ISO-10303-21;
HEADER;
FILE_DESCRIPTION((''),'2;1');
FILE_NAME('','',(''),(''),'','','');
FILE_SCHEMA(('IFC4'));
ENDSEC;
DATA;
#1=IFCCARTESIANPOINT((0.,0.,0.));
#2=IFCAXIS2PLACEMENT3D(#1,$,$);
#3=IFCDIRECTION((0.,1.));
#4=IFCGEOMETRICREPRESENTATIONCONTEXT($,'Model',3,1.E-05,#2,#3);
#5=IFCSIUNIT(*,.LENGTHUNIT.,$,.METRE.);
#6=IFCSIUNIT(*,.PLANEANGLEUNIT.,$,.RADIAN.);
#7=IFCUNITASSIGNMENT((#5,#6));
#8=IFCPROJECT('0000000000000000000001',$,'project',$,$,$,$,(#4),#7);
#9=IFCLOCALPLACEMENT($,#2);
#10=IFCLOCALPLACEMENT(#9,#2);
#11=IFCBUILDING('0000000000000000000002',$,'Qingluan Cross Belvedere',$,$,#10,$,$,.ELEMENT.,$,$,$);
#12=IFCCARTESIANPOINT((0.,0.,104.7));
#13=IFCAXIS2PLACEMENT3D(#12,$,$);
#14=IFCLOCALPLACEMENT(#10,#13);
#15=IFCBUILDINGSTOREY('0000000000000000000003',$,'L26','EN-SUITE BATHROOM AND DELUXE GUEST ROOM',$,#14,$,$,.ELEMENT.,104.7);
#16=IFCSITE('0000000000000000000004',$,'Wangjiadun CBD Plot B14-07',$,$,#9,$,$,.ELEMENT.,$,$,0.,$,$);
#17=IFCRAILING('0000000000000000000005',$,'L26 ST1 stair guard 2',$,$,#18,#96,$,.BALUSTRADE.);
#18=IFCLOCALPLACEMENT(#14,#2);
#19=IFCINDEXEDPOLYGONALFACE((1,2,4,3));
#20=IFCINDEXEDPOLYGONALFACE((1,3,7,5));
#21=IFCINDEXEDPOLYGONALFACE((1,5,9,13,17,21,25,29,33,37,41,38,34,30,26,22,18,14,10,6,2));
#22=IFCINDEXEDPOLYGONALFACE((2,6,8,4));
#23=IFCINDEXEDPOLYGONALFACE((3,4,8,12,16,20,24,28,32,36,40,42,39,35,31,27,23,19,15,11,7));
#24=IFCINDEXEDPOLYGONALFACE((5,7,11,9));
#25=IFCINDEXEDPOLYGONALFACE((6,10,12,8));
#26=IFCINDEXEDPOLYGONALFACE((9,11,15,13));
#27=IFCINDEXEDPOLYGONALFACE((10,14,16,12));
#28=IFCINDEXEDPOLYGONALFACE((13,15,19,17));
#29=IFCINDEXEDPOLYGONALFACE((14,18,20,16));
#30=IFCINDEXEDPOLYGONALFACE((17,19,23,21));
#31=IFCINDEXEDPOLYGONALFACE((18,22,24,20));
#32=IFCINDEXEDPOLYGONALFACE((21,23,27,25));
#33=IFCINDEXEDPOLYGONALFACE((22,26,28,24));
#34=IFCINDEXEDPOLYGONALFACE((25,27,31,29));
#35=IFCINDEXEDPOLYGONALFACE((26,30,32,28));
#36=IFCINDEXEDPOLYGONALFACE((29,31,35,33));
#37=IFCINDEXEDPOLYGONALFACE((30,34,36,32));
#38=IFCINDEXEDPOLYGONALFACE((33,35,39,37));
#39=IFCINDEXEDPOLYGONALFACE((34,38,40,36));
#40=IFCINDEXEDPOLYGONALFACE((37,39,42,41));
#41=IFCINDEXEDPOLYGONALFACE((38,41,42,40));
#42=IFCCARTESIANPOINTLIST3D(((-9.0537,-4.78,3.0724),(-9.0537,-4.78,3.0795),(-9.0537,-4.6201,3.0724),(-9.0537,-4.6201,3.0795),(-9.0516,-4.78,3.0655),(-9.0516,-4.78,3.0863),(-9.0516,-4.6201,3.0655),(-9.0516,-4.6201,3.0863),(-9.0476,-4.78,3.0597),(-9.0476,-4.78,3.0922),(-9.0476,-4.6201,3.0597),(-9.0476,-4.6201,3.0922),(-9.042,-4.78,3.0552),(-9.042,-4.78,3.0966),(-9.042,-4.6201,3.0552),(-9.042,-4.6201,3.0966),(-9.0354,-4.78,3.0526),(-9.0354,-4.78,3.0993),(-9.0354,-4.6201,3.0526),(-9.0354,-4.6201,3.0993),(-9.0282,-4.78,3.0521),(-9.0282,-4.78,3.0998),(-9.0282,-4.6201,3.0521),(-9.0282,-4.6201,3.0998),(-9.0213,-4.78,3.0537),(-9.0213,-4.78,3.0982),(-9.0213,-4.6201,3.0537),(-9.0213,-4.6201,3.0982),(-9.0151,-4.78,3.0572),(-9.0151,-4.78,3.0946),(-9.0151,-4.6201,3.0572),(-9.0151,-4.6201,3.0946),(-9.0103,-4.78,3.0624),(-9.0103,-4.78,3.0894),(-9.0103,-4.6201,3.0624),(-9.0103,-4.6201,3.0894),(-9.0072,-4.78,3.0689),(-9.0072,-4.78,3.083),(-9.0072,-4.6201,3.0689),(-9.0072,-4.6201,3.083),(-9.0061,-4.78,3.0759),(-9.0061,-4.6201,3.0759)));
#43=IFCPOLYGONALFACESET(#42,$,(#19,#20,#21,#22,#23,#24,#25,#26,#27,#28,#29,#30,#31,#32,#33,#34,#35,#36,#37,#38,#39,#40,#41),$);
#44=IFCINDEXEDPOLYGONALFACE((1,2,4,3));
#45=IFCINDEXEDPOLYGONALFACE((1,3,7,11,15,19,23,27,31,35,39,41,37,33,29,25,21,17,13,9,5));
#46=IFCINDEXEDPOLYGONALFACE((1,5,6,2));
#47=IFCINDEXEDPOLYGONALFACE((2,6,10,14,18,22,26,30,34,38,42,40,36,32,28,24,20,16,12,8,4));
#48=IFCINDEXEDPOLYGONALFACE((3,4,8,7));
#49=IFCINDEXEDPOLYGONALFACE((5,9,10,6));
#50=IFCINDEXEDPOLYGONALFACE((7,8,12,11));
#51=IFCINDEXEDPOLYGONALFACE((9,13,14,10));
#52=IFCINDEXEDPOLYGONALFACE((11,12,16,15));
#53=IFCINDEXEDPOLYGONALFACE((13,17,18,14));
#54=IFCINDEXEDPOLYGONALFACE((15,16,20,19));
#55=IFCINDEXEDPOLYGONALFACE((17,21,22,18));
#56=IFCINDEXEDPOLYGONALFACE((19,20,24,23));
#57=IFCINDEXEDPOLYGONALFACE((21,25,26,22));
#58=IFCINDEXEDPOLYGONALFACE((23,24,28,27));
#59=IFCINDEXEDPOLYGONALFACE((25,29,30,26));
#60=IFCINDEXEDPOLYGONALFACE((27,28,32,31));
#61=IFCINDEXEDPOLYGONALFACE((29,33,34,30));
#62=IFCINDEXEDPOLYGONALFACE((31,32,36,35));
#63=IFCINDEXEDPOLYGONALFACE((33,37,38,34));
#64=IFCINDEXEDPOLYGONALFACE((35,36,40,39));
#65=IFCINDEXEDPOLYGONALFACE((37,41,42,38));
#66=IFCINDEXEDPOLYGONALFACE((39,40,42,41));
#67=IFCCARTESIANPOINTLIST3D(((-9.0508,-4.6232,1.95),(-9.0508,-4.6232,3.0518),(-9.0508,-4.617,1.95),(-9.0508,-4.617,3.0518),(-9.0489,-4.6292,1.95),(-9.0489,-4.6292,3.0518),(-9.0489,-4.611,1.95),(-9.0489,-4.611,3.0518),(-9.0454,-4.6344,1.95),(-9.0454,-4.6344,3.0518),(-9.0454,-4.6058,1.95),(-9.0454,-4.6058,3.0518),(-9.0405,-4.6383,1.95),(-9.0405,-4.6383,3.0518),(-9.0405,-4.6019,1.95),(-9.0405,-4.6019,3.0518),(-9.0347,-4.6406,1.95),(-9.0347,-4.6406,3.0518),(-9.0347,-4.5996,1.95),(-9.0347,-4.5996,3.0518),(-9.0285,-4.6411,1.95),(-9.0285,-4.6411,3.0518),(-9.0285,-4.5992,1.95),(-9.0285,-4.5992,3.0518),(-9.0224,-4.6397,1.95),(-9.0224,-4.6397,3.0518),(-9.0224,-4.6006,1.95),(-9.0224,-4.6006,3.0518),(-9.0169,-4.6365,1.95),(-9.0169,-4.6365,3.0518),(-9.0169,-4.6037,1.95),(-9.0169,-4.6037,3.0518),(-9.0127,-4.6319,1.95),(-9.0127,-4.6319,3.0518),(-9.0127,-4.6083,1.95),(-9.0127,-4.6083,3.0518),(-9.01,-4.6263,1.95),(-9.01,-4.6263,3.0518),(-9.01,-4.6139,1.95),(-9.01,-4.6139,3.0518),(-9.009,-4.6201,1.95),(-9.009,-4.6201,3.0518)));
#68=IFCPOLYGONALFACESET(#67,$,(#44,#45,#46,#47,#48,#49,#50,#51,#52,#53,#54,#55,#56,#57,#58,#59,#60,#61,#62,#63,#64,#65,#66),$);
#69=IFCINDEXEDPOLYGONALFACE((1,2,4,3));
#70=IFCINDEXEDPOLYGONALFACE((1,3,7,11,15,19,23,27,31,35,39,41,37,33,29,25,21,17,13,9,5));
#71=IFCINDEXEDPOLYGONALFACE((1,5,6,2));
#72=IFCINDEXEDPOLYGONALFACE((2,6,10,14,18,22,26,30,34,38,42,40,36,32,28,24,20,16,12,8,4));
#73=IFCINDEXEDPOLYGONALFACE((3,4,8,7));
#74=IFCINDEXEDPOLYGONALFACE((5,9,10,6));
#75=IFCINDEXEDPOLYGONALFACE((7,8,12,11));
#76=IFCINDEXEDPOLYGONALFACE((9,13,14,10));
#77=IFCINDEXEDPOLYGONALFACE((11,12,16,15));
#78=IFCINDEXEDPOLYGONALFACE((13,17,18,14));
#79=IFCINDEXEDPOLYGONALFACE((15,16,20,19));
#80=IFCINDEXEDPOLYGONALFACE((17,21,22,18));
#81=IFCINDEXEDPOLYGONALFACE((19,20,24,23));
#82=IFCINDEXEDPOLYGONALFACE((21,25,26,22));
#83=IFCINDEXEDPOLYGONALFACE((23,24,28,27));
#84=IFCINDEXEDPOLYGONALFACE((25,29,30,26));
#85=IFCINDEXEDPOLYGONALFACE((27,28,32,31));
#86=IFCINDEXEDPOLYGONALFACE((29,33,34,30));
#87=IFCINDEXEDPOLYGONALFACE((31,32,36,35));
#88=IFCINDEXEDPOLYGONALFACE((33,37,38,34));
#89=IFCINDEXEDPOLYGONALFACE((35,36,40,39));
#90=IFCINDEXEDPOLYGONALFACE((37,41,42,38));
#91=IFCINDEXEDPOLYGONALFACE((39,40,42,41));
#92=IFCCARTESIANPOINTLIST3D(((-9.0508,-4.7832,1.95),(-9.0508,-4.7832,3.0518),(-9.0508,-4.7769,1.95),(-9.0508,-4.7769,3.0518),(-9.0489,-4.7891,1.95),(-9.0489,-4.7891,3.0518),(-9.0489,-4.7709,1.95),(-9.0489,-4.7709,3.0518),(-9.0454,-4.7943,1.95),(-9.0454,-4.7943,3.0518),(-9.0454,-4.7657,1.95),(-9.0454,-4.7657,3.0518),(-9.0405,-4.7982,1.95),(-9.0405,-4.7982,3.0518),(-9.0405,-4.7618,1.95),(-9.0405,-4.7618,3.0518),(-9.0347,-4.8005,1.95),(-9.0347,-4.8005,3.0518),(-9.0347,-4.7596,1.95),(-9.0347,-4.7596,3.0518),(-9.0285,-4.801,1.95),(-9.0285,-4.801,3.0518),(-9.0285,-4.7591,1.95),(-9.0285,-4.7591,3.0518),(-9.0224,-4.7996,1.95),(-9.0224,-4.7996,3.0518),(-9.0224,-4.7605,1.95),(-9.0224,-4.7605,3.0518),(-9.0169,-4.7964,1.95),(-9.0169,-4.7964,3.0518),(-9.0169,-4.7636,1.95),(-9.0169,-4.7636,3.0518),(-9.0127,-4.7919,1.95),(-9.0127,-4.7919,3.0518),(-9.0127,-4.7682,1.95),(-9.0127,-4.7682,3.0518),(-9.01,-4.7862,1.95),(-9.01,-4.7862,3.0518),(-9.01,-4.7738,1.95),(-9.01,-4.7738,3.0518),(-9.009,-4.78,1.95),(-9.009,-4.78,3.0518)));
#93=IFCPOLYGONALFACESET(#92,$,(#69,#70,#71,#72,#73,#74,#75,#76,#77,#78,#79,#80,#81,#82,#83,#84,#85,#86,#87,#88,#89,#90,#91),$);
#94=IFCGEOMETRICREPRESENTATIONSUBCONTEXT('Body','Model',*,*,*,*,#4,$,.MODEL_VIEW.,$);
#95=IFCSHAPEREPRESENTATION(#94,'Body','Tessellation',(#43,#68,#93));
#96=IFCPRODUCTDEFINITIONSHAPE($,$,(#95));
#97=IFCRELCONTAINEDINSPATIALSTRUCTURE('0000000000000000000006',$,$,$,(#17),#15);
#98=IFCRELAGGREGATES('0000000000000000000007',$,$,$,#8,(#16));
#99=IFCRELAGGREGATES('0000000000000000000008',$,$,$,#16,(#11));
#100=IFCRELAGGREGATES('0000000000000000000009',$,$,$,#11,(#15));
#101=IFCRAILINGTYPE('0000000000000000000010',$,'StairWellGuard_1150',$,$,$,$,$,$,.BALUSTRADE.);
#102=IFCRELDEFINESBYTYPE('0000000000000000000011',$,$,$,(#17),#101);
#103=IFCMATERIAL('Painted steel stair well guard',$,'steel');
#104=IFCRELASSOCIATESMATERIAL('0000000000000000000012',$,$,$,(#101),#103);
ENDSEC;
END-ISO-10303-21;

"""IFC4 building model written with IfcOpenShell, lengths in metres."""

from ifc_helpers import new_model, si_unit, direction, frame, origin, origin_2d, place, context, subcontext, project, spatial, circle, extrude, material, type_object, element, save


model = new_model("IFC4")

# Units and contexts
model_context = context("Model", 3, precision=1e-05, world=origin(), true_north=direction((0.0, 1.0)))
body_context = subcontext(model_context, "Body", "Model", "MODEL_VIEW")
ifc_project = project(units=[si_unit("LENGTHUNIT", "METRE"), si_unit("PLANEANGLEUNIT", "RADIAN")], contexts=[model_context])

# Site, building, storey
site_placement = place(None, origin())
site = spatial("IfcSite", under=ifc_project, at=site_placement, Name="Wangjiadun CBD Plot B14-07", CompositionType="ELEMENT", RefElevation=0.0)
building_placement = place(site_placement, origin())
building = spatial("IfcBuilding", under=site, at=building_placement, Name="Qingluan Cross Belvedere", CompositionType="ELEMENT")
storey_placement = place(building_placement, frame((0.0, 0.0, 104.7)))
storey = spatial("IfcBuildingStorey", under=building, at=storey_placement, Name="L26", Description="EN-SUITE BATHROOM AND DELUXE GUEST ROOM", CompositionType="ELEMENT", Elevation=104.7)

# Railing
ifc_material_1 = material(Name="Painted steel stair well guard", Category="steel")
railing_type_1 = type_object("IfcRailingType", Name="StairWellGuard_1150", PredefinedType="BALUSTRADE", material=ifc_material_1)
railing_1_placement = place(storey_placement, frame((-9.03, -4.6201, 1.95)))
element("IfcRailing", 1, at=railing_1_placement, inside=storey, type_object=railing_type_1, Name="L26 ST1 stair guard 2", PredefinedType="BALUSTRADE", context=body_context, shape_type="SweptSolid", body=[
    extrude(circle(Radius=0.0239, at=origin_2d()), frame((0.0, 0.0, 1.126), z_axis=(0.0, -1.0, 0.0), x_axis=(1.0, 0.0, 0.0)), (0.0, 0.0, 1.0), 0.1599),
    extrude(circle(Radius=0.021, at=origin_2d()), origin(), (0.0, 0.0, 1.0), 1.1018),
    extrude(circle(Radius=0.021, at=origin_2d()), frame((0.0, -0.1599, 0.0)), (0.0, 0.0, 1.0), 1.1018),
])

save(model, "model.ifc")
